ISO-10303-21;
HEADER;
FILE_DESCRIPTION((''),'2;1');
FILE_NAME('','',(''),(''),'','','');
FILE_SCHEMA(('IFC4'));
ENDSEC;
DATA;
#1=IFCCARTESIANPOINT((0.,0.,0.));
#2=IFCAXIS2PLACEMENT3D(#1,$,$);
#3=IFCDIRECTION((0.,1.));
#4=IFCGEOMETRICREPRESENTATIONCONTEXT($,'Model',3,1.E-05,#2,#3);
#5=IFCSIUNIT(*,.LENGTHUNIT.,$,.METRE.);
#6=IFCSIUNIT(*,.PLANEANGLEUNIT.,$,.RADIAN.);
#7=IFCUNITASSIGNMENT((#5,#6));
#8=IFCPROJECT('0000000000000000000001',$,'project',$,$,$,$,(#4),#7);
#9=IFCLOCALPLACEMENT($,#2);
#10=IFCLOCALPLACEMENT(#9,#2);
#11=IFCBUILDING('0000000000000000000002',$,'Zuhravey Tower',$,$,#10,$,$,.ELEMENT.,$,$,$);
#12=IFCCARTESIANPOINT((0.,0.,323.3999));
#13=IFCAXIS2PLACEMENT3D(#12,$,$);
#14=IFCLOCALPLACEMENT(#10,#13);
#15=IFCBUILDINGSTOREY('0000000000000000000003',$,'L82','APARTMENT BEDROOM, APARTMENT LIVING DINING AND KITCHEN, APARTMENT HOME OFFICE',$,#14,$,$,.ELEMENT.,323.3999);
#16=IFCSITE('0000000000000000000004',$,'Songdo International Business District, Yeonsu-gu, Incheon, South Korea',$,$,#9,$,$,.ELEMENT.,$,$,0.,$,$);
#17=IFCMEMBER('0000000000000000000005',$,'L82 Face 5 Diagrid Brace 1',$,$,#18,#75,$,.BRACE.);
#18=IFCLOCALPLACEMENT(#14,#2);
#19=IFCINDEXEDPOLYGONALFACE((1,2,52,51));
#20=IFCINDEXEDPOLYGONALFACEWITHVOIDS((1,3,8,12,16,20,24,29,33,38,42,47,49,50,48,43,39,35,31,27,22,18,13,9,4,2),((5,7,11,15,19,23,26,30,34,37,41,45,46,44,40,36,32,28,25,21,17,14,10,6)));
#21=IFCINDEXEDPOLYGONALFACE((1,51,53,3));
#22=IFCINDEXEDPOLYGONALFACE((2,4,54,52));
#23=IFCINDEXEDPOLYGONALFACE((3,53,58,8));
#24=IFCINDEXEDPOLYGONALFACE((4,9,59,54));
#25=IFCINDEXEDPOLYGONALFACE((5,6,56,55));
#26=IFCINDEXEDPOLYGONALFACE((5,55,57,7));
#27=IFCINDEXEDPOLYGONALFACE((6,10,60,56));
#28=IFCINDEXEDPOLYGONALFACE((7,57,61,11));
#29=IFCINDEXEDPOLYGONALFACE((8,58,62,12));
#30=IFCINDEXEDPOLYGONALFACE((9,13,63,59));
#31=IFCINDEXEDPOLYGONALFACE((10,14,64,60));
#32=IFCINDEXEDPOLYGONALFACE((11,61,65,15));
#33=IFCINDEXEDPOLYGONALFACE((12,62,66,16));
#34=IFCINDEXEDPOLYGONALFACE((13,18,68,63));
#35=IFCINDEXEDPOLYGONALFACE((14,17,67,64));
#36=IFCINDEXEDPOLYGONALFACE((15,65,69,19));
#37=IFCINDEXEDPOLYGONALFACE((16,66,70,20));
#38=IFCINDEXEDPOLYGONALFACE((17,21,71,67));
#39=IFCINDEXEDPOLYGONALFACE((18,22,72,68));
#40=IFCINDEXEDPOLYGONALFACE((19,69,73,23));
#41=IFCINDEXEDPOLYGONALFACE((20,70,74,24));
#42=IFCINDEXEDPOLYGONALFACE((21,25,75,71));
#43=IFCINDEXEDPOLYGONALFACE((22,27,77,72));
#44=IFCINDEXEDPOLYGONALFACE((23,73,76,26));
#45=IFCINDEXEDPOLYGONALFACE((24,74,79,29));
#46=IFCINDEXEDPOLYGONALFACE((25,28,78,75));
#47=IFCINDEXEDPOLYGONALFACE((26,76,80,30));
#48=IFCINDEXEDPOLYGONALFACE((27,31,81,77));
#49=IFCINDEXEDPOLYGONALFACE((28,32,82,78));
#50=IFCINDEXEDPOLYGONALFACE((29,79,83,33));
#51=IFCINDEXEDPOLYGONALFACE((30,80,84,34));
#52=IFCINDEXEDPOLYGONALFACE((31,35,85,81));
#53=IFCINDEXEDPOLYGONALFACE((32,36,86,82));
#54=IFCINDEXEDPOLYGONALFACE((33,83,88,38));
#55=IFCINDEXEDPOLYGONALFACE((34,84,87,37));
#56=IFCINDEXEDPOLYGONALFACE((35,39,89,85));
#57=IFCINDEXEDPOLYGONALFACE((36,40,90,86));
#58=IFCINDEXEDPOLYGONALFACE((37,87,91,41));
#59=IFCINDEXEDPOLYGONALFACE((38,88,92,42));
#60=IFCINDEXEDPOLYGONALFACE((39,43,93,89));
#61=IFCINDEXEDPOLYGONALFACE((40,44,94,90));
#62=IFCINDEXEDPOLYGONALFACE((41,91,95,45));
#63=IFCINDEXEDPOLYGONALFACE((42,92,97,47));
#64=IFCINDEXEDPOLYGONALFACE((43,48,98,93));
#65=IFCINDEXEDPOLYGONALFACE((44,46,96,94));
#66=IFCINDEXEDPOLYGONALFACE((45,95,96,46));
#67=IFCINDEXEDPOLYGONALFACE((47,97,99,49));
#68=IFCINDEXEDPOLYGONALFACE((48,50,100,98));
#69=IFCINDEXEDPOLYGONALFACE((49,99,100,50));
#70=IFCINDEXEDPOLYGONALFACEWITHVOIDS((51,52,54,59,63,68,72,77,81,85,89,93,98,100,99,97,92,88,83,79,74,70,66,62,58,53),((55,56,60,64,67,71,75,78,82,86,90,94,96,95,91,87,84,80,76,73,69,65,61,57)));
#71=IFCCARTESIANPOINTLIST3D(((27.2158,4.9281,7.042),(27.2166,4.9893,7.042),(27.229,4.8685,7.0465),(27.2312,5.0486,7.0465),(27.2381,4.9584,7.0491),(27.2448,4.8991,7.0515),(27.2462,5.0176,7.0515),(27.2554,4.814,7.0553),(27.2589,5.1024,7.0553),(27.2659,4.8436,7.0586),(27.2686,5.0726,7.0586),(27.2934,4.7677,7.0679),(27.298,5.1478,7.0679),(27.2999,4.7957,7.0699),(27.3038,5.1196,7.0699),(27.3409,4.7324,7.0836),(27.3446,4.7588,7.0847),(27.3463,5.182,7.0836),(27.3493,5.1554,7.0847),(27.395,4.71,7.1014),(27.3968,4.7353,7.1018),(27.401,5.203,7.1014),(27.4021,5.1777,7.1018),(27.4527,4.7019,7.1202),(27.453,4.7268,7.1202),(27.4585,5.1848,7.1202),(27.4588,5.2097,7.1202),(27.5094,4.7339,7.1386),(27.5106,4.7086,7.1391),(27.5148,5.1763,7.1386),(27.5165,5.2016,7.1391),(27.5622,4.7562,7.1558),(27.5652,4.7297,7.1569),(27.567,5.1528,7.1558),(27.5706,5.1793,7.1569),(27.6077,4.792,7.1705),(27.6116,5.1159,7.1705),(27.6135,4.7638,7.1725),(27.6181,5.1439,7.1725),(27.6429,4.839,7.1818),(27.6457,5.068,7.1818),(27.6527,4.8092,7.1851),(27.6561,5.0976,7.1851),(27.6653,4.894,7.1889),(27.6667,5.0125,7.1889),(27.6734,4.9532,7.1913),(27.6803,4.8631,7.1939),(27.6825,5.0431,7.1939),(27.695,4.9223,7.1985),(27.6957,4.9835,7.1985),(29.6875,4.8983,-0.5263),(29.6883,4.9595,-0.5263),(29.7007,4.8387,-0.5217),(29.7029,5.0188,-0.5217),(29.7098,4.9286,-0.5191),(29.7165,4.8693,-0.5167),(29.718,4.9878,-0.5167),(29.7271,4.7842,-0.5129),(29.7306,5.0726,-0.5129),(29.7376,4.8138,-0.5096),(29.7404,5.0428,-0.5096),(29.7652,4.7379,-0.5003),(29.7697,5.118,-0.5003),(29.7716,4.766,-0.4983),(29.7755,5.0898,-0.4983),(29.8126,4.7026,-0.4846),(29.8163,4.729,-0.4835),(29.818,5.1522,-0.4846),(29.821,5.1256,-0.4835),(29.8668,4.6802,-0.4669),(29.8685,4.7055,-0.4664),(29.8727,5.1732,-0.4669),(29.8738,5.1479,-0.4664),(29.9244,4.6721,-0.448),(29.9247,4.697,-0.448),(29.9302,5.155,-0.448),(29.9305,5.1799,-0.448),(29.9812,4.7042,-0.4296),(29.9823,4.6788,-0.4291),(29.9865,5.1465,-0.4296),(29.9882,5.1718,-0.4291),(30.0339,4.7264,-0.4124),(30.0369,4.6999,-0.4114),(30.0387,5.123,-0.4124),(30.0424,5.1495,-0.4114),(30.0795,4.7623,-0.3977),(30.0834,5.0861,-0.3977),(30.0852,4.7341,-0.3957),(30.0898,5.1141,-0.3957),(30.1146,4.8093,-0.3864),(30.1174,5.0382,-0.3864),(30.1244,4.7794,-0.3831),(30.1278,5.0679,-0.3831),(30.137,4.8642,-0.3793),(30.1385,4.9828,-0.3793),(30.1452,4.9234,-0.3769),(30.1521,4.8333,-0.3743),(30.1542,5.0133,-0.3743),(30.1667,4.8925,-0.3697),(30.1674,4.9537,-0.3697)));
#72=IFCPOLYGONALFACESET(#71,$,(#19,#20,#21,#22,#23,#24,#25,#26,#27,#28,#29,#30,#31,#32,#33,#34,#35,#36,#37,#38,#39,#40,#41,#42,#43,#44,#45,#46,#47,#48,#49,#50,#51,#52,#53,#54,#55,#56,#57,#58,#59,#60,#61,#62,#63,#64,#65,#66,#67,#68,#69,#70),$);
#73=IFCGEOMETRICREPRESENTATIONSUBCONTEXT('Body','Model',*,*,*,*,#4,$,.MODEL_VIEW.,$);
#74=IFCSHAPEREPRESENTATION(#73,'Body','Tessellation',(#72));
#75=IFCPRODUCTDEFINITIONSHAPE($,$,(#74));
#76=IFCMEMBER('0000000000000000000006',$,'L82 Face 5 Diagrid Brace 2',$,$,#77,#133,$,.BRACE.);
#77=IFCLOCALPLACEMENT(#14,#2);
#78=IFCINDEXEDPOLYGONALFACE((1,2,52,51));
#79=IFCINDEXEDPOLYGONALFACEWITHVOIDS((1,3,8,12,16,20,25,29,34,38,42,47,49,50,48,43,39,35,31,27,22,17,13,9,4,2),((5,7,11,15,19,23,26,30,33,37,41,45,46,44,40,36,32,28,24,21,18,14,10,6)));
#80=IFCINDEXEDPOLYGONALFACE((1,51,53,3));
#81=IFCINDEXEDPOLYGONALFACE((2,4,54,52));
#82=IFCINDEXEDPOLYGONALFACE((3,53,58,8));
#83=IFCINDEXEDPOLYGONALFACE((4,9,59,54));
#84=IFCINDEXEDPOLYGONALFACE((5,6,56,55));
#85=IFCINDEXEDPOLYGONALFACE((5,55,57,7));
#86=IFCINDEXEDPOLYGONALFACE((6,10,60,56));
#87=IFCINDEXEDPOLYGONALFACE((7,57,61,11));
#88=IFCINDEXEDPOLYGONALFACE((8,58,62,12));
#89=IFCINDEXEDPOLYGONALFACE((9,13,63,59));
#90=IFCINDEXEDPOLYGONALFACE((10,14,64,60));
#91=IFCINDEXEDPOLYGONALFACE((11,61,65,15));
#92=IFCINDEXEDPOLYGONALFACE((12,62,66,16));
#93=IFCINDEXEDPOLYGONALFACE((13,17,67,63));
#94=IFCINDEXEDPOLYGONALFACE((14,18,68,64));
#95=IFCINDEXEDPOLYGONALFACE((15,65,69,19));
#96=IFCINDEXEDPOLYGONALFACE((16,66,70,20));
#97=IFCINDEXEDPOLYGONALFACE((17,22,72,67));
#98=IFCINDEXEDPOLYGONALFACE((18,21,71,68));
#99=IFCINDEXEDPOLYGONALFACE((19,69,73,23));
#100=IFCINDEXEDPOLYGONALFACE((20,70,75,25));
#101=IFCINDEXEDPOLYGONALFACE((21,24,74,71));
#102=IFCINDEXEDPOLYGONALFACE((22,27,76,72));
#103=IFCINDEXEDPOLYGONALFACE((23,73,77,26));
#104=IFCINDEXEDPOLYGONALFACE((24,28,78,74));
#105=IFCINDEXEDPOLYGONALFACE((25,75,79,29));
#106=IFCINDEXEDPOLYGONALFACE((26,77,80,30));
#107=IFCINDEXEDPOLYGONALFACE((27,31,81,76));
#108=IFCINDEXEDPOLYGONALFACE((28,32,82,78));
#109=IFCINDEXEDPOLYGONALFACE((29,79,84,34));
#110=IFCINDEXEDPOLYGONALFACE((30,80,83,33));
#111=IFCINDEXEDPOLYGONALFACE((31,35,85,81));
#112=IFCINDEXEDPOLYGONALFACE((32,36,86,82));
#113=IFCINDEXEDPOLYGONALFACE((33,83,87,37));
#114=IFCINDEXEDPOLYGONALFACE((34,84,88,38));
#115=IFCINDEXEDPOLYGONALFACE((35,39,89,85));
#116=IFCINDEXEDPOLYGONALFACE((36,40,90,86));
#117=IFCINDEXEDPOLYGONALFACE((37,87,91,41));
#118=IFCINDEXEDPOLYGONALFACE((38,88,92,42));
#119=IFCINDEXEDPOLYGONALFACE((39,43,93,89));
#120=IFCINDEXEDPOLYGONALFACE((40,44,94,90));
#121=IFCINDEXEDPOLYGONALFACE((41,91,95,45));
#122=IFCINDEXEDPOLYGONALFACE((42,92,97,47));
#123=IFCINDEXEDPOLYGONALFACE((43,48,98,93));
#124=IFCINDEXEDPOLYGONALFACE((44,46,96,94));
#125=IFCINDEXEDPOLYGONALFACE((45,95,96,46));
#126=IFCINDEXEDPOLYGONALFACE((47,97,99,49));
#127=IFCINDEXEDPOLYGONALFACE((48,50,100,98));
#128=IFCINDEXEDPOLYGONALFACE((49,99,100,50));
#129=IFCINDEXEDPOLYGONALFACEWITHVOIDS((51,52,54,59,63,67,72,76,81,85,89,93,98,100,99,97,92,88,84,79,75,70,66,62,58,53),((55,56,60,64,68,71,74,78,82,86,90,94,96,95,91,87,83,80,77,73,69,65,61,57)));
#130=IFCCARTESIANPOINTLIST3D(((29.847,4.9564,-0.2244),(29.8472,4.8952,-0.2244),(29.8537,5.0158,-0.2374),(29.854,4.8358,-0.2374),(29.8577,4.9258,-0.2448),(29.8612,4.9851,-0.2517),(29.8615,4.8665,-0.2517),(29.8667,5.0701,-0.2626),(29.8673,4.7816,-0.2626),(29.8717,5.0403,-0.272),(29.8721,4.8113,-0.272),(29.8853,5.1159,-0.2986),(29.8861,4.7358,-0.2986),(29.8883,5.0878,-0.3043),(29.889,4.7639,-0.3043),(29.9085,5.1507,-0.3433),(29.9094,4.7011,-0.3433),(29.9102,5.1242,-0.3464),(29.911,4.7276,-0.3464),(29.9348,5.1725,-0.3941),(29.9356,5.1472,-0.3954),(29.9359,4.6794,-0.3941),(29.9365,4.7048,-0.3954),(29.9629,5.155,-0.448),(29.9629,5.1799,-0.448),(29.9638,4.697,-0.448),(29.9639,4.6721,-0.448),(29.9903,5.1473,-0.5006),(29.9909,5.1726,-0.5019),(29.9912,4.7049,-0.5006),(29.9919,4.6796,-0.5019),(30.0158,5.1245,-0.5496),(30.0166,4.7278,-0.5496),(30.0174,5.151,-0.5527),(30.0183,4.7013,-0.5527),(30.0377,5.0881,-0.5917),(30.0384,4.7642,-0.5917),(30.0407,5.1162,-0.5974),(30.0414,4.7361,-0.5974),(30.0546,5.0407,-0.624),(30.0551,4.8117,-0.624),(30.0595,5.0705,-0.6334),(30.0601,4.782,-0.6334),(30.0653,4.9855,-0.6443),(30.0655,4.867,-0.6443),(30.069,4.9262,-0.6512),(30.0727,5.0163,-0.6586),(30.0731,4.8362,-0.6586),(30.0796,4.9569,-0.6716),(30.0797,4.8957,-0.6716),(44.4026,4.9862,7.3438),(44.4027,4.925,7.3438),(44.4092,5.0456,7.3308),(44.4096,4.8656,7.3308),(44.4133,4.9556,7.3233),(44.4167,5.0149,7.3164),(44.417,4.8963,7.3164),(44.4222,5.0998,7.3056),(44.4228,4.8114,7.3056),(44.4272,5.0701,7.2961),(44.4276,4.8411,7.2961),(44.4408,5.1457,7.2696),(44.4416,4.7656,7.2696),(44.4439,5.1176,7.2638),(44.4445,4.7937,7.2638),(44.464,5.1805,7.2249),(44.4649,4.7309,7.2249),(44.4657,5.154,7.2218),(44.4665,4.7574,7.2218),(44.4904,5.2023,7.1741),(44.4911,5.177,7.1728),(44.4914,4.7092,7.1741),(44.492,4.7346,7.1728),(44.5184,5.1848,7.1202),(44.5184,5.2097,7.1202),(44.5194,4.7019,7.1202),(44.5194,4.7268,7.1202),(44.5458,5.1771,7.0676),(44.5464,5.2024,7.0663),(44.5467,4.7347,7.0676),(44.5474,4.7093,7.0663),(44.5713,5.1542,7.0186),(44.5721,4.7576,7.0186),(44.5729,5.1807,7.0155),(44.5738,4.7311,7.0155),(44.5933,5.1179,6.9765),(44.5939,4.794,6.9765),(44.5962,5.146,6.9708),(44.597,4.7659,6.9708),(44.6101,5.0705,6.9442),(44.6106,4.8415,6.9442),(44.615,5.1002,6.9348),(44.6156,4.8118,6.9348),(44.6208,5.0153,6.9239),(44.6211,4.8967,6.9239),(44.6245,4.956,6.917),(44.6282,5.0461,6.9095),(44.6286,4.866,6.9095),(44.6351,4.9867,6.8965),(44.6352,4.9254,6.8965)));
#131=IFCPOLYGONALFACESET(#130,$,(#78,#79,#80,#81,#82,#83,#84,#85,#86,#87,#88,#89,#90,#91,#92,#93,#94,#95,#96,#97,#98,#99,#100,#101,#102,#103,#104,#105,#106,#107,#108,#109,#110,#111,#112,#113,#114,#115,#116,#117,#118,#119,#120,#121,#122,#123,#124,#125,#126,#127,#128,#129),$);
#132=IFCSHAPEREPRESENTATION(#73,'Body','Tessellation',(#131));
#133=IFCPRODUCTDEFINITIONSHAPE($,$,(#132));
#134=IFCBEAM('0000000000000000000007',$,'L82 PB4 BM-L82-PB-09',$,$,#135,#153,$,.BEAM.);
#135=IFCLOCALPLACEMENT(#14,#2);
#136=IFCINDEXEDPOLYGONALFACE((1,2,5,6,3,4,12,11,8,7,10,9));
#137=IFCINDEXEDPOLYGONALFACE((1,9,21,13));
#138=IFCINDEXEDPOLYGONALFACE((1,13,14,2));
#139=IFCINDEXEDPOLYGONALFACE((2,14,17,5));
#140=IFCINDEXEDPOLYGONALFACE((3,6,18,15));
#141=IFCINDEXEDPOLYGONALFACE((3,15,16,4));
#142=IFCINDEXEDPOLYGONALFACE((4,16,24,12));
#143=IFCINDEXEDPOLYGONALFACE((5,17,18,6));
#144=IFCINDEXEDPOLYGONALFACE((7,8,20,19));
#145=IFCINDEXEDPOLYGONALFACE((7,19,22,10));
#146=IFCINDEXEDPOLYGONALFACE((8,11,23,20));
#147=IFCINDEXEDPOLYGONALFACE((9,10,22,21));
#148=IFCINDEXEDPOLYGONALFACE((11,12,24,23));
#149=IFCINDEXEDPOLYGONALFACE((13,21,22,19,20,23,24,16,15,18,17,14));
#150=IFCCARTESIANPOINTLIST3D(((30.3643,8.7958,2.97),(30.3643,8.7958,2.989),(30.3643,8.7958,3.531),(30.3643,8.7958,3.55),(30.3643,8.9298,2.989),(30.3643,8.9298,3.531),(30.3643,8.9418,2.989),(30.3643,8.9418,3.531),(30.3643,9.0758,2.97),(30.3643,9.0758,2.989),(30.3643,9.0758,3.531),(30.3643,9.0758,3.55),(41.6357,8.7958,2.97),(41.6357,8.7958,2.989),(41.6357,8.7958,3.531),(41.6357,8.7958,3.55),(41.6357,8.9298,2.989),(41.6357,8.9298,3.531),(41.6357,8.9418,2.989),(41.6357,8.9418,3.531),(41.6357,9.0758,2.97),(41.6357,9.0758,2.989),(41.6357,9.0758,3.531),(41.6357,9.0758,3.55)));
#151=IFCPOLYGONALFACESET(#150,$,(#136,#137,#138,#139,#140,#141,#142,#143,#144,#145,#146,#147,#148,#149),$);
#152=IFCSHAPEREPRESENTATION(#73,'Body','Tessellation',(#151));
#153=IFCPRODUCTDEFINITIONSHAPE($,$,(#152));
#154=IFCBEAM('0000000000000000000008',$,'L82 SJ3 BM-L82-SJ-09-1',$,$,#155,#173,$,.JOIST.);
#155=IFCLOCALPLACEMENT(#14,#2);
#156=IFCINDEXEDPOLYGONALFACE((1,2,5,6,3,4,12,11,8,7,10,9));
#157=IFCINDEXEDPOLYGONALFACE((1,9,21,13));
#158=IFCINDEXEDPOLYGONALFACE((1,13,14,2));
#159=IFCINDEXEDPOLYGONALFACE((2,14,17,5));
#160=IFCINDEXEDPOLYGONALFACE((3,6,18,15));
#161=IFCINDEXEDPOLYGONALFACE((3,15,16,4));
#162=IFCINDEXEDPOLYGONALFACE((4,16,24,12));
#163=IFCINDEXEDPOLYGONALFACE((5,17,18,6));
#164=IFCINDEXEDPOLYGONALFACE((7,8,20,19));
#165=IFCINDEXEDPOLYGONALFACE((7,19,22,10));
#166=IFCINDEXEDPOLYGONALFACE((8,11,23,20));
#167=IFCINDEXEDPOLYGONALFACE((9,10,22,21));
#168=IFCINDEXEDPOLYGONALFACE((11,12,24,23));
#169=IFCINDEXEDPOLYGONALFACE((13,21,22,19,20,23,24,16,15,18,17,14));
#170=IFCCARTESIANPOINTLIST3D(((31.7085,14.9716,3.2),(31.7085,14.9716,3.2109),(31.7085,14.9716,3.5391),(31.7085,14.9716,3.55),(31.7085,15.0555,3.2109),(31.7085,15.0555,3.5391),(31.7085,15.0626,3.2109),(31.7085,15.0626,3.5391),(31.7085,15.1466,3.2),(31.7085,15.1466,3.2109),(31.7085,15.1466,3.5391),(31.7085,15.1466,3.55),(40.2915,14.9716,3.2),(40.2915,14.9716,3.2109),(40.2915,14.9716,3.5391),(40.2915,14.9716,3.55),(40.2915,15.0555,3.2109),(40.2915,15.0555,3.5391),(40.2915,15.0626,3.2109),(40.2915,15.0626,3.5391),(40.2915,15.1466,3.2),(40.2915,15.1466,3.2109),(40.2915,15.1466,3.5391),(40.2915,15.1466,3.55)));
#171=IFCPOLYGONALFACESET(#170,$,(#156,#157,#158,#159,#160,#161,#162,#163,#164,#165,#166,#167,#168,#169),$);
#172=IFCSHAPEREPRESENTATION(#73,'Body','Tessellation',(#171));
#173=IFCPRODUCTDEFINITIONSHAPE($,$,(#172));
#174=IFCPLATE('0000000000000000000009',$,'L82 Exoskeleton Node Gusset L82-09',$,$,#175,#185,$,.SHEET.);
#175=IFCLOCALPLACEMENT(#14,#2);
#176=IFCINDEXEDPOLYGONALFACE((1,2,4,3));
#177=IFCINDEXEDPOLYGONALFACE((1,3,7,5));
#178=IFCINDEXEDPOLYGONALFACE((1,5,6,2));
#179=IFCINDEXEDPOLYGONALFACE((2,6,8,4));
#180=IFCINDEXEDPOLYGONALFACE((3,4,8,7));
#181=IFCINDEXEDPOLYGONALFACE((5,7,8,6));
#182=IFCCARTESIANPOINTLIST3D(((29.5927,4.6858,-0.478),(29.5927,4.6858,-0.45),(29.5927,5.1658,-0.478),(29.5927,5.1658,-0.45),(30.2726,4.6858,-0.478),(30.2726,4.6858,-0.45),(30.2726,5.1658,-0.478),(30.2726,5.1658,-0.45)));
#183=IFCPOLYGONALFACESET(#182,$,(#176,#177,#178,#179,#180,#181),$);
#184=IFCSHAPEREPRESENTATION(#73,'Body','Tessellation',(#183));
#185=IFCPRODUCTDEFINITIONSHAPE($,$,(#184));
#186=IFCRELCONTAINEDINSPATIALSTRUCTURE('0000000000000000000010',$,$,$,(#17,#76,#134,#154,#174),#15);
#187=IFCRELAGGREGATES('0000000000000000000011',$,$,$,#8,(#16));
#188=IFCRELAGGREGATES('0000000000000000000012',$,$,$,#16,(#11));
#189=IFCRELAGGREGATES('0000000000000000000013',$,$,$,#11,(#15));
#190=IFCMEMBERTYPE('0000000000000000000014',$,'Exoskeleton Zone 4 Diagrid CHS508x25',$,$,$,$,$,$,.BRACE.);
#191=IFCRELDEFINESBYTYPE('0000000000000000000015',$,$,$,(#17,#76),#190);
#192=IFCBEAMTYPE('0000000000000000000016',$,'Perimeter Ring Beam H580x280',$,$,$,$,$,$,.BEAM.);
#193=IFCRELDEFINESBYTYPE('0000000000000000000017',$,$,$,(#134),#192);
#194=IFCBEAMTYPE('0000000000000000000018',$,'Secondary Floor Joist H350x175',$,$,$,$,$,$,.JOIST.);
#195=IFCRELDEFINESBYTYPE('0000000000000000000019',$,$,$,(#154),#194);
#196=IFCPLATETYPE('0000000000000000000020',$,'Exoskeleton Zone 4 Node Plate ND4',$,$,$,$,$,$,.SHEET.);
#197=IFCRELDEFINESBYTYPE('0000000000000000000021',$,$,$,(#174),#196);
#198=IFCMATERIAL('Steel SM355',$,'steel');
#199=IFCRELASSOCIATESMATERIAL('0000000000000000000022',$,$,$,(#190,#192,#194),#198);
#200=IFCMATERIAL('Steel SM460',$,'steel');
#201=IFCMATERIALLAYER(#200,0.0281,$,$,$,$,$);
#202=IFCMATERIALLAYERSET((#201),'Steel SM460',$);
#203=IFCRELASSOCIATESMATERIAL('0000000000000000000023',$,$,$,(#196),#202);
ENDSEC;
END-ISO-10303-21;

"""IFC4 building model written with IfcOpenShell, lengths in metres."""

from ifc_helpers import new_model, si_unit, direction, frame, origin, origin_2d, place, context, subcontext, project, spatial, rectangle, hollow_circle, i_section, extrude, material, layer, layer_set, material_profile, profile_set, type_object, element, save


model = new_model("IFC4")

# Units and contexts
model_context = context("Model", 3, precision=1e-05, world=origin(), true_north=direction((0.0, 1.0)))
body_context = subcontext(model_context, "Body", "Model", "MODEL_VIEW")
ifc_project = project(units=[si_unit("LENGTHUNIT", "METRE"), si_unit("PLANEANGLEUNIT", "RADIAN")], contexts=[model_context])

# Site, building, storey
site_placement = place(None, origin())
site = spatial("IfcSite", under=ifc_project, at=site_placement, Name="Songdo International Business District, Yeonsu-gu, Incheon, South Korea", CompositionType="ELEMENT", RefElevation=0.0)
building_placement = place(site_placement, origin())
building = spatial("IfcBuilding", under=site, at=building_placement, Name="Zuhravey Tower", CompositionType="ELEMENT")
storey_placement = place(building_placement, frame((0.0, 0.0, 323.3999)))
storey = spatial("IfcBuildingStorey", under=building, at=storey_placement, Name="L82", Description="APARTMENT BEDROOM, APARTMENT LIVING DINING AND KITCHEN, APARTMENT HOME OFFICE", CompositionType="ELEMENT", Elevation=323.3999)

# Members
ifc_material_1 = material(Name="Steel SM355", Category="steel")
ifc_material_profile_1 = material_profile(ifc_material_1, hollow_circle(Radius=0.2539, WallThickness=0.0249, at=origin_2d()), Name="CHS-508.0x25")
ifc_profile_set_1 = profile_set([ifc_material_profile_1], Name="Steel SM355")
member_type_1 = type_object("IfcMemberType", Name="Exoskeleton Zone 4 Diagrid CHS508x25", PredefinedType="BRACE", material=ifc_profile_set_1)
member_1_placement = place(storey_placement, frame((29.9275, 4.926, -0.448), z_axis=(-0.310452, 0.003741, 0.950582), x_axis=(-0.01205, -0.999927, 0.0)))
element("IfcMember", 1, at=member_1_placement, inside=storey, type_object=member_type_1, Name="L82 Face 5 Diagrid Brace 1", PredefinedType="BRACE", context=body_context, shape_type="SweptSolid", body=[
    extrude(hollow_circle(Radius=0.2539, WallThickness=0.0249, at=origin_2d()), origin(), (0.0, 0.0, 1.0), 7.9617),
])
member_2_placement = place(storey_placement, frame((29.9634, 4.926, -0.448), z_axis=(0.887233, 0.001816, 0.461318), x_axis=(-0.002046, 0.999998, 0.0)))
element("IfcMember", 2, at=member_2_placement, inside=storey, type_object=member_type_1, Name="L82 Face 5 Diagrid Brace 2", PredefinedType="BRACE", context=body_context, shape_type="SweptSolid", body=[
    extrude(hollow_circle(Radius=0.2539, WallThickness=0.0249, at=origin_2d()), origin(), (0.0, 0.0, 1.0), 16.4055),
])

# Beams
ifc_material_profile_2 = material_profile(ifc_material_1, i_section(OverallWidth=0.28, OverallDepth=0.5801, WebThickness=0.012, FlangeThickness=0.019, at=origin_2d()), Name="H-580x280x12x19")
ifc_profile_set_2 = profile_set([ifc_material_profile_2], Name="Steel SM355")
beam_type_1 = type_object("IfcBeamType", Name="Perimeter Ring Beam H580x280", PredefinedType="BEAM", material=ifc_profile_set_2)
beam_1_placement = place(storey_placement, frame((30.3643, 8.9358, 3.26), z_axis=(1.0, 0.0, 0.0), x_axis=(0.0, 1.0, 0.0)))
element("IfcBeam", 3, at=beam_1_placement, inside=storey, type_object=beam_type_1, Name="L82 PB4 BM-L82-PB-09", PredefinedType="BEAM", context=body_context, shape_type="SweptSolid", body=[
    extrude(i_section(OverallWidth=0.28, OverallDepth=0.5801, WebThickness=0.012, FlangeThickness=0.019, at=origin_2d()), origin(), (0.0, 0.0, 1.0), 11.2715),
])
ifc_material_profile_3 = material_profile(ifc_material_1, i_section(OverallWidth=0.175, OverallDepth=0.3501, WebThickness=0.0071, FlangeThickness=0.011, at=origin_2d()), Name="H-350x175x7x11")
ifc_profile_set_3 = profile_set([ifc_material_profile_3], Name="Steel SM355")
beam_type_2 = type_object("IfcBeamType", Name="Secondary Floor Joist H350x175", PredefinedType="JOIST", material=ifc_profile_set_3)
beam_2_placement = place(storey_placement, frame((31.7085, 15.0591, 3.375), z_axis=(1.0, 0.0, 0.0), x_axis=(0.0, 1.0, 0.0)))
element("IfcBeam", 4, at=beam_2_placement, inside=storey, type_object=beam_type_2, Name="L82 SJ3 BM-L82-SJ-09-1", PredefinedType="JOIST", context=body_context, shape_type="SweptSolid", body=[
    extrude(i_section(OverallWidth=0.175, OverallDepth=0.3501, WebThickness=0.0071, FlangeThickness=0.011, at=origin_2d()), origin(), (0.0, 0.0, 1.0), 8.583),
])

# Plate
ifc_material_2 = material(Name="Steel SM460", Category="steel")
ifc_layer_1 = layer(ifc_material_2, 0.0281)
ifc_layer_set_1 = layer_set([ifc_layer_1], Name="Steel SM460")
plate_type_1 = type_object("IfcPlateType", Name="Exoskeleton Zone 4 Node Plate ND4", PredefinedType="SHEET", material=ifc_layer_set_1)
plate_1_placement = place(storey_placement, frame((29.9326, 4.9258, -0.478), z_axis=(0.0, 0.0, 1.0), x_axis=(1.0, 0.0, 0.0)))
element("IfcPlate", 5, at=plate_1_placement, inside=storey, type_object=plate_type_1, Name="L82 Exoskeleton Node Gusset L82-09", PredefinedType="SHEET", context=body_context, shape_type="SweptSolid", body=[
    extrude(rectangle(XDim=0.6799, YDim=0.48, at=origin_2d()), origin(), (0.0, 0.0, 1.0), 0.0281),
])

save(model, "model.ifc")
